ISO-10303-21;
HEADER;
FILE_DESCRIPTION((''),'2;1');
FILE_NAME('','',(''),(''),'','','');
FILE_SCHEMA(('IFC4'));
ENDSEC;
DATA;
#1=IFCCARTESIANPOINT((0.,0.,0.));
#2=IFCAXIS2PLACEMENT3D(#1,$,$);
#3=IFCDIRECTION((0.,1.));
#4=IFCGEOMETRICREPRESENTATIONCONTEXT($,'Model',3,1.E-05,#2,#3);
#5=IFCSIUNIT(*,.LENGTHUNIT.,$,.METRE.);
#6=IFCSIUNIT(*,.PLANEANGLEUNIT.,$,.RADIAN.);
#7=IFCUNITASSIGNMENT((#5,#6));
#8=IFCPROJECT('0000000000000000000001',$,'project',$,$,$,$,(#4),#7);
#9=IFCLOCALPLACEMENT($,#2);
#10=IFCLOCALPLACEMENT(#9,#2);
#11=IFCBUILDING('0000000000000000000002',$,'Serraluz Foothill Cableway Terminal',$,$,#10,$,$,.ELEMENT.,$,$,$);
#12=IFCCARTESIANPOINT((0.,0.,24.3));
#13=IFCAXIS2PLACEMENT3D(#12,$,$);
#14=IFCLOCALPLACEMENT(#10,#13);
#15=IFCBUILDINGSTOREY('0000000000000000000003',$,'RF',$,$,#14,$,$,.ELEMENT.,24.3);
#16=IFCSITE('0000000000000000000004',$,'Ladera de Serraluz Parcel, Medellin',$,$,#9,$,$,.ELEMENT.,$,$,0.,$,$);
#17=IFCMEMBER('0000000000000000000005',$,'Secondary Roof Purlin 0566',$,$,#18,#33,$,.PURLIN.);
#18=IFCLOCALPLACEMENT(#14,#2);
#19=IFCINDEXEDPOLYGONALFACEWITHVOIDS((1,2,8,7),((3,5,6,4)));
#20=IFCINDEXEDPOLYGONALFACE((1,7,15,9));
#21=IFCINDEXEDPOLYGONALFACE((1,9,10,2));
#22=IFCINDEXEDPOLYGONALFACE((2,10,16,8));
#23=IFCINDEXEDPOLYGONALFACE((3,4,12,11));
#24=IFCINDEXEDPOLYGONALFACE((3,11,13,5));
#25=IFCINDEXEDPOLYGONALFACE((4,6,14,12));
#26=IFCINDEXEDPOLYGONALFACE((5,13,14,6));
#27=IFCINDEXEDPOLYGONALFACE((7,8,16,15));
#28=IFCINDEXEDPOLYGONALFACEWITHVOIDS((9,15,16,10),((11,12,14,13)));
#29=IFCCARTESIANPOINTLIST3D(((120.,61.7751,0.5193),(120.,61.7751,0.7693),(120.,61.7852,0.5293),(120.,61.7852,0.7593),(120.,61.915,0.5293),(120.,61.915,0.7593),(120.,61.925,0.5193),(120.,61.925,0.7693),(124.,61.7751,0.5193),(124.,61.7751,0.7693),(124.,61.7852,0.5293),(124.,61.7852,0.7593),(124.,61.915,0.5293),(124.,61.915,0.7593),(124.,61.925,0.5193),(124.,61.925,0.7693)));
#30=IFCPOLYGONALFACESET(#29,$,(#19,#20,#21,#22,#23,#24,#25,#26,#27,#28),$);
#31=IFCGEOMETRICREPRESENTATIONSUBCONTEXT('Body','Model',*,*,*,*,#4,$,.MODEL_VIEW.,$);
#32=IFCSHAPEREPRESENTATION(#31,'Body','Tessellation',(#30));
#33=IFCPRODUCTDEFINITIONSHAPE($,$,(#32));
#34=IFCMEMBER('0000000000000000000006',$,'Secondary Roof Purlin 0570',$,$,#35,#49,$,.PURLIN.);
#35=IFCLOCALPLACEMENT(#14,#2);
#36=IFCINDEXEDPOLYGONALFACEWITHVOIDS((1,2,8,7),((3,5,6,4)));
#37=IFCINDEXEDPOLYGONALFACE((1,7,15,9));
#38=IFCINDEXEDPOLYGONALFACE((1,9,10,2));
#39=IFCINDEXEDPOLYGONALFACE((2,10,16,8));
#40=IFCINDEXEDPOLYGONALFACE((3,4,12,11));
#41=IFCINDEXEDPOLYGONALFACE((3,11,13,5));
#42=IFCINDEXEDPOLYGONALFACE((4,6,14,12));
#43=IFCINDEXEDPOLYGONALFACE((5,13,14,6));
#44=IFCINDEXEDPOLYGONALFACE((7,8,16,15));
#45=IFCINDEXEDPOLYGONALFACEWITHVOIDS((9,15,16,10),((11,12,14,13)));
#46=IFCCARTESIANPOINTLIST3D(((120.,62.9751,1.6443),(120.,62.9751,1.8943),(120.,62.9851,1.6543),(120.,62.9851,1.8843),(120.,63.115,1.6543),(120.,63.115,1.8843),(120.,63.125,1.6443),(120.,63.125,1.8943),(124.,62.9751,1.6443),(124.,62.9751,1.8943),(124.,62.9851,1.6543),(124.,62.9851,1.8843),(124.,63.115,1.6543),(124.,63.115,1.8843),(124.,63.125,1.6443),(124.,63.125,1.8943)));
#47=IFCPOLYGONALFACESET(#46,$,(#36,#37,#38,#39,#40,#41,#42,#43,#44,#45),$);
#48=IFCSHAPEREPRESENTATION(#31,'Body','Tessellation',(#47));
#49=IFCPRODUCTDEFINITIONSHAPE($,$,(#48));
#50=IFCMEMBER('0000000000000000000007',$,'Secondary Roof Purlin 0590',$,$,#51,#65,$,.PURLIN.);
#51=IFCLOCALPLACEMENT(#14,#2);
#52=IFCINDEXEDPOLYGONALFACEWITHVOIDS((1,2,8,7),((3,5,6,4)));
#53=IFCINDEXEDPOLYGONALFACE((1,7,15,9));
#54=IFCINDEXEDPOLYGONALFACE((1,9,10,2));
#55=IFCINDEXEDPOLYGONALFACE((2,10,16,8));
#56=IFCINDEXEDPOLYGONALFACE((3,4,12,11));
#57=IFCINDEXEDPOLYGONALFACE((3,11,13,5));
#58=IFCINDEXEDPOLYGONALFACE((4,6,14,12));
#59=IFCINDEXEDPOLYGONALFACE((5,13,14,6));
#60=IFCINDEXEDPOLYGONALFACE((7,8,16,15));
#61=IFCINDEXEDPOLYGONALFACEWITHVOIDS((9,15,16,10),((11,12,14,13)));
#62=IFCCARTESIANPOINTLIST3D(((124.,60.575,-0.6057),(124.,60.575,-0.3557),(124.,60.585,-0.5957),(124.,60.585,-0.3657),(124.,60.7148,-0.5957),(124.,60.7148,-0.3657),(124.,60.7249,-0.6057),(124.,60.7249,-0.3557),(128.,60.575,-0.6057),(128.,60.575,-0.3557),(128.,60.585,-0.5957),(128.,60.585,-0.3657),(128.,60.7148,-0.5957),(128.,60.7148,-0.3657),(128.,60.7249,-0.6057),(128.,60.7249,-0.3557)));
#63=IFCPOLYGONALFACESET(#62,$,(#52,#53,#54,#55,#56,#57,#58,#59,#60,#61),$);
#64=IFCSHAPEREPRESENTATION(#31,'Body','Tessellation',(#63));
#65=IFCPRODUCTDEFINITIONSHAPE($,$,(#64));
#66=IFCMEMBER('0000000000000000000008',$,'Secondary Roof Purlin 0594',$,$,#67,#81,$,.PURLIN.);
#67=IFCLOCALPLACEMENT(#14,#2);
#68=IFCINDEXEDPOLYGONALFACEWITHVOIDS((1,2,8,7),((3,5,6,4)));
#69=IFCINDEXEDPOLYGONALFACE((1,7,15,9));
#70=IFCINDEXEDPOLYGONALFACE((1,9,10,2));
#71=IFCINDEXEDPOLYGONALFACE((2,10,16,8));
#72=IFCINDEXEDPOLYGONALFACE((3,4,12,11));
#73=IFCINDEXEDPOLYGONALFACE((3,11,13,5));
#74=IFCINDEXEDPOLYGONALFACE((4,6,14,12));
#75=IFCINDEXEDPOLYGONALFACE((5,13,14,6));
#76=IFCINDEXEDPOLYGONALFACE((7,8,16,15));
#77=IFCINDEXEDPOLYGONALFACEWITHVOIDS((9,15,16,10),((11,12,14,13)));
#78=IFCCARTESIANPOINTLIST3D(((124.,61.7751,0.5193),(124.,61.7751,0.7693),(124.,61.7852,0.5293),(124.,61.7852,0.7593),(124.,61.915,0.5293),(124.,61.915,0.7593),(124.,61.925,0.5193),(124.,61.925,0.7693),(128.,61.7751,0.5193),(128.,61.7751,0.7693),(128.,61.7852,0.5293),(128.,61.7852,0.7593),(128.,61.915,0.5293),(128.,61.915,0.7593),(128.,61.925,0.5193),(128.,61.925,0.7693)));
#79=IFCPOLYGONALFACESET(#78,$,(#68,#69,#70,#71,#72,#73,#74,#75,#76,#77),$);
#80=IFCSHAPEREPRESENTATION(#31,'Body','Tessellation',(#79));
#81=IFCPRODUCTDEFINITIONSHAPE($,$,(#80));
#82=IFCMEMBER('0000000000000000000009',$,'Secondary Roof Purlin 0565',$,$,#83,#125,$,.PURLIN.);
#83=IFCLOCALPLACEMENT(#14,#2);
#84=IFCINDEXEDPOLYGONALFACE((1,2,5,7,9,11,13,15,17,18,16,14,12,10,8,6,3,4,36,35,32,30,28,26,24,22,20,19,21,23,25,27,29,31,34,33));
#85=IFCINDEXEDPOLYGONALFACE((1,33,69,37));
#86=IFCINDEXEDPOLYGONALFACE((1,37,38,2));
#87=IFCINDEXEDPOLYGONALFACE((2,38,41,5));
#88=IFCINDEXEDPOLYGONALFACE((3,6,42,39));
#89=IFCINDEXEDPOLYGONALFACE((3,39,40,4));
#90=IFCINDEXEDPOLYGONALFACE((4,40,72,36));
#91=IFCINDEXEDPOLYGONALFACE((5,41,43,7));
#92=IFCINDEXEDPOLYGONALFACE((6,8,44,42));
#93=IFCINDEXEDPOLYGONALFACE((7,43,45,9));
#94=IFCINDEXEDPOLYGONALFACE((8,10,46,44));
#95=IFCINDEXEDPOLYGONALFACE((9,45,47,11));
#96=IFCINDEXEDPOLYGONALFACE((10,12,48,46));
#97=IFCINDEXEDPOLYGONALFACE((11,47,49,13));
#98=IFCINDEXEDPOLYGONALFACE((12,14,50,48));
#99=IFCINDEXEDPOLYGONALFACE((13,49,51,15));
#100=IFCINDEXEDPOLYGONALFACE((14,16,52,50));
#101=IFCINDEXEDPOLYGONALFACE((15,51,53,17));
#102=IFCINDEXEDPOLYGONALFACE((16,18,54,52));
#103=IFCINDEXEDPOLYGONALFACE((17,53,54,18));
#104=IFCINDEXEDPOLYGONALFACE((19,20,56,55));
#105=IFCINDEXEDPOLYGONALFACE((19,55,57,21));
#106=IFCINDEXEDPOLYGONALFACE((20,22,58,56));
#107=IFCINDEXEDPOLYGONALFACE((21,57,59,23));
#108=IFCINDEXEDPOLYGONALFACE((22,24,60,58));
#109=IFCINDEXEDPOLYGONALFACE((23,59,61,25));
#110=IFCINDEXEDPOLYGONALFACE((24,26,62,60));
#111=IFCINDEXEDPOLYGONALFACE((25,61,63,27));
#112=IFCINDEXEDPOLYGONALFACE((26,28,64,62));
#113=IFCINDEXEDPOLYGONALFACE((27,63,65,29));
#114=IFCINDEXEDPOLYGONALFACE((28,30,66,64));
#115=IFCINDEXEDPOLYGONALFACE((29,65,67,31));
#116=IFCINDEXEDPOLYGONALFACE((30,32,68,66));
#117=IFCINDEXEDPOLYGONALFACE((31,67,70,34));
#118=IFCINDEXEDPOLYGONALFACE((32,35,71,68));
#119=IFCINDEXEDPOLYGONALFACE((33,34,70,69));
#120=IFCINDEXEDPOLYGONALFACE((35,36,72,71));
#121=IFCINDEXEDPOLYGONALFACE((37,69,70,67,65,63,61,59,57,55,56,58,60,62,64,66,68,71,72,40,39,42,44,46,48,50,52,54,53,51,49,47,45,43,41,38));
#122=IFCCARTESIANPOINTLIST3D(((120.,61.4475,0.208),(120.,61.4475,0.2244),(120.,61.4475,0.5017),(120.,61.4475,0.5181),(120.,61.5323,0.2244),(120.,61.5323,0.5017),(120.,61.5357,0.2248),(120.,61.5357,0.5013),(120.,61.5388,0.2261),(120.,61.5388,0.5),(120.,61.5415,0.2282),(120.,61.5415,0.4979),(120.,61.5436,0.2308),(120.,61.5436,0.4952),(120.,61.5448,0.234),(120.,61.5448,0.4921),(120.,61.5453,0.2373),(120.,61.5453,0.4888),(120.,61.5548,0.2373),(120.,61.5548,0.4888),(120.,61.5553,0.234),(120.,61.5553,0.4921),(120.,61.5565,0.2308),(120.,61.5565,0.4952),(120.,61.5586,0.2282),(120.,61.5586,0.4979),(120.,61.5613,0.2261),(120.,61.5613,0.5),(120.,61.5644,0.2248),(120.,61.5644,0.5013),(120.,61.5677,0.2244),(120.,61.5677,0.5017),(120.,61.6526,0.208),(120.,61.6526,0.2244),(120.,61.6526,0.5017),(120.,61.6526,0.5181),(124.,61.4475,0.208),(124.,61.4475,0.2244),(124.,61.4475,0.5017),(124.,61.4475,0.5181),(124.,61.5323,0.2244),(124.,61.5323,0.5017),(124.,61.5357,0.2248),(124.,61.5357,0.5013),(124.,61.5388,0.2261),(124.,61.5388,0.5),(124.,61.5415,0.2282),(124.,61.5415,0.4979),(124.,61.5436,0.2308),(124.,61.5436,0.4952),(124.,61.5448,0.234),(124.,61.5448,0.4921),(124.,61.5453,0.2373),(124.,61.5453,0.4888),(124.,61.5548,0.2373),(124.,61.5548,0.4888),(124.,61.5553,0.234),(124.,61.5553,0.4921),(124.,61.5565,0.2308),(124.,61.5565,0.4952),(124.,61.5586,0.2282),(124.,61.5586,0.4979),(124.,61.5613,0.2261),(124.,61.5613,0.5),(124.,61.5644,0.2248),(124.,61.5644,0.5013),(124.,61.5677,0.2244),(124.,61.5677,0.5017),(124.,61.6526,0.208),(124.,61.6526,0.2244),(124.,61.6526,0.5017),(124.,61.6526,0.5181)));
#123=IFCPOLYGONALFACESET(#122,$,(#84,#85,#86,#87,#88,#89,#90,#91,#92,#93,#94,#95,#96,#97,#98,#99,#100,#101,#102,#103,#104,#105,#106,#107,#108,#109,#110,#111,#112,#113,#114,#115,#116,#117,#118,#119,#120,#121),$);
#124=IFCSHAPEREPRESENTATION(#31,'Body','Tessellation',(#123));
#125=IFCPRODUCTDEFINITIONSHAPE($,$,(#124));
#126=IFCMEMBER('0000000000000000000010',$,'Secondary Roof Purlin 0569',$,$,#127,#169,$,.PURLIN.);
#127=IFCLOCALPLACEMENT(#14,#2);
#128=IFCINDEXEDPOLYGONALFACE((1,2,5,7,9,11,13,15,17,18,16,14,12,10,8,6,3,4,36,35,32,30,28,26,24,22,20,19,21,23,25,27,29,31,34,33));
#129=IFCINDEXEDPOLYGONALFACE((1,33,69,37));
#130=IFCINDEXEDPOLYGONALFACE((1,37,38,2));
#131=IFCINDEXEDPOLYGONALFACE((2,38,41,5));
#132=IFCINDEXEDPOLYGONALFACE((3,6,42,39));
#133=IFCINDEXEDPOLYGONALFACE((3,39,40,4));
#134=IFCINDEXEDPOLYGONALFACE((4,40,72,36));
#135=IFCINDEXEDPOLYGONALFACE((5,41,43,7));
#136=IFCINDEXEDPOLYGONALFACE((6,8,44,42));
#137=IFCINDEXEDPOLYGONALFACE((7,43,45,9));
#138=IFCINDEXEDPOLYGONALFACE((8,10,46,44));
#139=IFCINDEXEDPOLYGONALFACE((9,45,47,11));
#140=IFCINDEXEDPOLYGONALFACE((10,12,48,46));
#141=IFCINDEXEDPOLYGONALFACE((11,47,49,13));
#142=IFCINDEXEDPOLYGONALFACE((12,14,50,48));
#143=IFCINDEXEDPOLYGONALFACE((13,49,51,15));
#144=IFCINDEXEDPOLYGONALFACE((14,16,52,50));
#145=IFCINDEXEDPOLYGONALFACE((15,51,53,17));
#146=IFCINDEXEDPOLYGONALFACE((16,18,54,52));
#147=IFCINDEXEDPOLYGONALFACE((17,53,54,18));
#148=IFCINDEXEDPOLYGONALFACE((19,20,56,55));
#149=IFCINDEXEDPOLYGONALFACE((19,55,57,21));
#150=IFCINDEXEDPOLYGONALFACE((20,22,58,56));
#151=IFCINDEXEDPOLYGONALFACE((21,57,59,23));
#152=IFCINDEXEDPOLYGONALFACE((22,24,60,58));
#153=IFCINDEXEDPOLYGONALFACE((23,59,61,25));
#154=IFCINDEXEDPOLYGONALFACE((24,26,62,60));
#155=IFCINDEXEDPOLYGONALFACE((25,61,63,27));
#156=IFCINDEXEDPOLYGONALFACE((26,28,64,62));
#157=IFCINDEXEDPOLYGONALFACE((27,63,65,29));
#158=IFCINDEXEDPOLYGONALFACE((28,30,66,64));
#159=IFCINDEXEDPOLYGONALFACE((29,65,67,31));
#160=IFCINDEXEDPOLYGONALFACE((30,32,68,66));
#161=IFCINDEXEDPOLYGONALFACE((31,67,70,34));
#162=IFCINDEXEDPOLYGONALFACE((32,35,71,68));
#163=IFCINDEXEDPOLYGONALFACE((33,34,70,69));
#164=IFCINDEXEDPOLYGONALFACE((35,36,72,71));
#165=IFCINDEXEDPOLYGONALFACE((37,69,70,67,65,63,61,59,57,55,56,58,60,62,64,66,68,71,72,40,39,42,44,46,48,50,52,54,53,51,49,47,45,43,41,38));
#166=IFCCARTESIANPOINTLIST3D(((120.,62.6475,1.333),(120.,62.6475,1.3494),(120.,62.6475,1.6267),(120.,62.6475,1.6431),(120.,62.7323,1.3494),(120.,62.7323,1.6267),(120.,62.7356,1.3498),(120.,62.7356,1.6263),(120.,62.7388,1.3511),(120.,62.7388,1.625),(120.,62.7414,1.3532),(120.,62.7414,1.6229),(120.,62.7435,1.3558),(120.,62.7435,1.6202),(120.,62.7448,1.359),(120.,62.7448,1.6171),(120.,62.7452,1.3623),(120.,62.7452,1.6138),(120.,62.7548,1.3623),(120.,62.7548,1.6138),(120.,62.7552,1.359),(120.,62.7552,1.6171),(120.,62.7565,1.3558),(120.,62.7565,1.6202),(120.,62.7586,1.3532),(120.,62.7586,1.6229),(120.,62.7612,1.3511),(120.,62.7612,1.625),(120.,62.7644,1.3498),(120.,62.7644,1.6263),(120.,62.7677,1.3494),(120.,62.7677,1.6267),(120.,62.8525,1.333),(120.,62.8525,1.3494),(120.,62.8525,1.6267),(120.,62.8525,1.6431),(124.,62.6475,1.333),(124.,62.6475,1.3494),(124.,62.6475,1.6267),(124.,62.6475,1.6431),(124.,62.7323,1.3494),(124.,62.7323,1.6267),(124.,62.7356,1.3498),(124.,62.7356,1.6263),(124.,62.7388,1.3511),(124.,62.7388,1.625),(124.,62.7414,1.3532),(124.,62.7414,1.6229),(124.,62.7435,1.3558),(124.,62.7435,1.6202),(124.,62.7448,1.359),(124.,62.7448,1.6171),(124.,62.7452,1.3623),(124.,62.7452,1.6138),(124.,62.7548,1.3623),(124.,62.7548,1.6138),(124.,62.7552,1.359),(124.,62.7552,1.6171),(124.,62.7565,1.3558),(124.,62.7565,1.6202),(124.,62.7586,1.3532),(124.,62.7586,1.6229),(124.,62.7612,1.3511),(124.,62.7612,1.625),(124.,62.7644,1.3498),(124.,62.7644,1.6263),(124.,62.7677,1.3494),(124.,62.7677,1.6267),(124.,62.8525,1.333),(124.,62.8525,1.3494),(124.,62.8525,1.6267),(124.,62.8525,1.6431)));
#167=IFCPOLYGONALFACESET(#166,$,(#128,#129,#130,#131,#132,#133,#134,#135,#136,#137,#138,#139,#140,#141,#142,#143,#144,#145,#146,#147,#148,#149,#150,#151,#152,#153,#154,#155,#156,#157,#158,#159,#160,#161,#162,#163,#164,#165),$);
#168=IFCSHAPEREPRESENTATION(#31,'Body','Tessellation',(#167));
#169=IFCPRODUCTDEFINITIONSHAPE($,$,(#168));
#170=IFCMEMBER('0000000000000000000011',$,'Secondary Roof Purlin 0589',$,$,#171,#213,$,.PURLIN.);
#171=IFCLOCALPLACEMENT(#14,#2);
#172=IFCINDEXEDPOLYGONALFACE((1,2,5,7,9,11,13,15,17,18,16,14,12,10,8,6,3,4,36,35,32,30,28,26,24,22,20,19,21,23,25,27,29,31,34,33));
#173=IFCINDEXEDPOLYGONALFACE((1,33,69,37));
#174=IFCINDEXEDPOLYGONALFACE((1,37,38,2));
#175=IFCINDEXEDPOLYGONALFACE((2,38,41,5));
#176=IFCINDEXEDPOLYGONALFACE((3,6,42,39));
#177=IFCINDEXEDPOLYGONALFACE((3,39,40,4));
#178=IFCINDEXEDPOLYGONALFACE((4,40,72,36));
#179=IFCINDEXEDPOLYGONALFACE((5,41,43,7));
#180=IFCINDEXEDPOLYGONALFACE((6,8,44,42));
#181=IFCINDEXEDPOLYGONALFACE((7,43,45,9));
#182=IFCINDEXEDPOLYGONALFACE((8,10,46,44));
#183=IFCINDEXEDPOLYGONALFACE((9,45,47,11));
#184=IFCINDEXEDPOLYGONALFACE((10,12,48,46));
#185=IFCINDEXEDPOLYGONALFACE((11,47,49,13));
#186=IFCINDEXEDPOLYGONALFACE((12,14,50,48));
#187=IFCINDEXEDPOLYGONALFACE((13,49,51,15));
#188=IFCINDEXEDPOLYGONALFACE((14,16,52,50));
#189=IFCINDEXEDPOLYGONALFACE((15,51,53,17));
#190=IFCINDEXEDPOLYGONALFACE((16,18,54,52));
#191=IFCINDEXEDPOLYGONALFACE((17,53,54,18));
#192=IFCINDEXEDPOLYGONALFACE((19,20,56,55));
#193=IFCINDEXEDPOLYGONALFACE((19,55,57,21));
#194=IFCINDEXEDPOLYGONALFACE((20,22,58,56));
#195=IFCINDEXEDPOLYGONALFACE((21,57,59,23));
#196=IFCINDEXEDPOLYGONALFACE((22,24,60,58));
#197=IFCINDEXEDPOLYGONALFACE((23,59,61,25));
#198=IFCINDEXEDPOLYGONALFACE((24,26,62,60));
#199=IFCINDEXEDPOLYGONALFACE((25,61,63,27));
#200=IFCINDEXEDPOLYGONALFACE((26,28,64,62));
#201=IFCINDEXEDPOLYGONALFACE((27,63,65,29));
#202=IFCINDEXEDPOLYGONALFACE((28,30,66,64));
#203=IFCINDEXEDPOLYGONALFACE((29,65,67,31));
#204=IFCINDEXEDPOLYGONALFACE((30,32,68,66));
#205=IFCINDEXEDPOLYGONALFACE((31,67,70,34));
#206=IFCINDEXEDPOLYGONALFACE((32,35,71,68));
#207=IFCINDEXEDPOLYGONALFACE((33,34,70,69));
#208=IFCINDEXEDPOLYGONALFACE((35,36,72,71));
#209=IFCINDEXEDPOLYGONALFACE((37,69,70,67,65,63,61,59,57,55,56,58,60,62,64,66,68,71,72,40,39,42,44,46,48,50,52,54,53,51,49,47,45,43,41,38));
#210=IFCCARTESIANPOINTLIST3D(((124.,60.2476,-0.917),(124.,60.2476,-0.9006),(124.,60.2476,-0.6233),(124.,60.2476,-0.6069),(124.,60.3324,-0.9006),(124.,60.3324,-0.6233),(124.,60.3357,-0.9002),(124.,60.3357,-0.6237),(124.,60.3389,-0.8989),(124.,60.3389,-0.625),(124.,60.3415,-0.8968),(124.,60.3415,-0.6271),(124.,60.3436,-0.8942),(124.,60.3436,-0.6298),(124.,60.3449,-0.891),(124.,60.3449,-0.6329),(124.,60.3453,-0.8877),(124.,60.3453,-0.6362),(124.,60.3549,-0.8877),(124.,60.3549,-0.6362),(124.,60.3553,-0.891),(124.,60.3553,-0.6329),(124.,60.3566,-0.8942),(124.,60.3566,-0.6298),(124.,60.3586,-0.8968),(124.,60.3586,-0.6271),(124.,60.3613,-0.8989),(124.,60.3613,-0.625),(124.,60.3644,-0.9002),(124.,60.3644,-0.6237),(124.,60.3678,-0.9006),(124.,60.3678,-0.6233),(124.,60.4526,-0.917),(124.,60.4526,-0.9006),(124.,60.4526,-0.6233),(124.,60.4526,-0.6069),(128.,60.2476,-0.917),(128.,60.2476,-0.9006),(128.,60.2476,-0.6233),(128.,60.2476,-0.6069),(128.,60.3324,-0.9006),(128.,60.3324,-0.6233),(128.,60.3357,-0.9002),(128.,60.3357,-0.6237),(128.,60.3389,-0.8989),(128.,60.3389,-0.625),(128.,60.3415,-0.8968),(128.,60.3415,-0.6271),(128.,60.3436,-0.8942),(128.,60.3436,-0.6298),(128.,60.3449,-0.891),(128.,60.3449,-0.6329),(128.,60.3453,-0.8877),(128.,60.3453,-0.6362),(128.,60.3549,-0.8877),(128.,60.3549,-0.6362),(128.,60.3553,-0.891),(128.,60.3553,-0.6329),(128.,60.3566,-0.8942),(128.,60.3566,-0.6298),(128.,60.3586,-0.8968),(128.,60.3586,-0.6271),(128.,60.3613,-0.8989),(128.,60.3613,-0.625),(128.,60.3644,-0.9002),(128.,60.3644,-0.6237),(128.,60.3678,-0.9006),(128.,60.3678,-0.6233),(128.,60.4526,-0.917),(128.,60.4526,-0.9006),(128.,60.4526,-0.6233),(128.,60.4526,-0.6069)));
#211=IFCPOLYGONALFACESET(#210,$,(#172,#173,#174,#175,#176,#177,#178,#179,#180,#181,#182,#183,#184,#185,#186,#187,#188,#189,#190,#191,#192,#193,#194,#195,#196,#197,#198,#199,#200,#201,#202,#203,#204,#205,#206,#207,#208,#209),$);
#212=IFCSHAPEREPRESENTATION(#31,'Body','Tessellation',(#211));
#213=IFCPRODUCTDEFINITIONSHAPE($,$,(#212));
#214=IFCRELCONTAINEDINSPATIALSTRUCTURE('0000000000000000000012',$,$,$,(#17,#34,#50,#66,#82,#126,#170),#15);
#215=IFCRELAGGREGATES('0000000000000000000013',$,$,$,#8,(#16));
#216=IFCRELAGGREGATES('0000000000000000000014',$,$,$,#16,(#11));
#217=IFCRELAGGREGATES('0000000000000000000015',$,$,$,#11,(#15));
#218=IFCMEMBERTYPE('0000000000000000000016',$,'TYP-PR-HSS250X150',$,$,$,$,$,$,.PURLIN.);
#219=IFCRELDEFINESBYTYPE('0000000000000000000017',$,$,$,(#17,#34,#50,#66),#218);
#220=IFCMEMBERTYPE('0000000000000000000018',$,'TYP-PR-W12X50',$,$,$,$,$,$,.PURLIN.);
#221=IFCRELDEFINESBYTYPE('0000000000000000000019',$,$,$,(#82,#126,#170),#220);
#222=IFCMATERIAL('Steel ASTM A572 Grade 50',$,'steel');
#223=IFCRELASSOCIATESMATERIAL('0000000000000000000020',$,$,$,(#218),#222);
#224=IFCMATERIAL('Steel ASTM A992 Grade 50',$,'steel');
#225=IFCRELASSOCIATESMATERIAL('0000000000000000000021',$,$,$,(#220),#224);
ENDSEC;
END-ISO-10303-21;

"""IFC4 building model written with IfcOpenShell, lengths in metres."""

from ifc_helpers import new_model, si_unit, direction, frame, origin, origin_2d, place, context, subcontext, project, spatial, hollow_rectangle, i_section, extrude, material, material_profile, profile_set, type_object, element, save


model = new_model("IFC4")

# Units and contexts
model_context = context("Model", 3, precision=1e-05, world=origin(), true_north=direction((0.0, 1.0)))
body_context = subcontext(model_context, "Body", "Model", "MODEL_VIEW")
ifc_project = project(units=[si_unit("LENGTHUNIT", "METRE"), si_unit("PLANEANGLEUNIT", "RADIAN")], contexts=[model_context])

# Site, building, storey
site_placement = place(None, origin())
site = spatial("IfcSite", under=ifc_project, at=site_placement, Name="Ladera de Serraluz Parcel, Medellin", CompositionType="ELEMENT", RefElevation=0.0)
building_placement = place(site_placement, origin())
building = spatial("IfcBuilding", under=site, at=building_placement, Name="Serraluz Foothill Cableway Terminal", CompositionType="ELEMENT")
storey_placement = place(building_placement, frame((0.0, 0.0, 24.3)))
storey = spatial("IfcBuildingStorey", under=building, at=storey_placement, Name="RF", CompositionType="ELEMENT", Elevation=24.3)

# Members
ifc_material_1 = material(Name="Steel ASTM A572 Grade 50", Category="steel")
ifc_material_profile_1 = material_profile(ifc_material_1, hollow_rectangle(XDim=0.1499, YDim=0.25, WallThickness=0.01, at=origin_2d()), Name="HSS250X150X10")
ifc_profile_set_1 = profile_set([ifc_material_profile_1], Name="Steel ASTM A572 Grade 50")
member_type_1 = type_object("IfcMemberType", Name="TYP-PR-HSS250X150", PredefinedType="PURLIN", material=ifc_profile_set_1)
for number, where, z_axis, x_axis, name in (
    (1, (120.0, 61.8501, 0.6443), (1.0, 0.0, 0.0), (0.0, 1.0, 0.0), "Secondary Roof Purlin 0566"),
    (2, (120.0, 63.05, 1.7693), (1.0, 0.0, 0.0), (0.0, 1.0, 0.0), "Secondary Roof Purlin 0570"),
    (3, (124.0, 60.6499, -0.4807), (1.0, 0.0, 0.0), (0.0, 1.0, 0.0), "Secondary Roof Purlin 0590"),
    (4, (124.0, 61.8501, 0.6443), (1.0, 0.0, 0.0), (0.0, 1.0, 0.0), "Secondary Roof Purlin 0594"),
):
    element("IfcMember", number, at=place(storey_placement, frame(where, z_axis=z_axis, x_axis=x_axis)), inside=storey, type_object=member_type_1, Name=name, PredefinedType="PURLIN", context=body_context, shape_type="SweptSolid", body=[
        extrude(hollow_rectangle(XDim=0.1499, YDim=0.25, WallThickness=0.01, at=origin_2d()), origin(), (0.0, 0.0, 1.0), 4.0),
    ])
ifc_material_2 = material(Name="Steel ASTM A992 Grade 50", Category="steel")
ifc_material_profile_2 = material_profile(ifc_material_2, i_section(OverallWidth=0.2051, OverallDepth=0.3101, WebThickness=0.0095, FlangeThickness=0.0164, FilletRadius=0.0129, at=origin_2d()), Name="W12X50")
ifc_profile_set_2 = profile_set([ifc_material_profile_2], Name="Steel ASTM A992 Grade 50")
member_type_2 = type_object("IfcMemberType", Name="TYP-PR-W12X50", PredefinedType="PURLIN", material=ifc_profile_set_2)
for number, where, z_axis, x_axis, name in (
    (5, (120.0, 61.55, 0.363), (1.0, 0.0, 0.0), (0.0, 1.0, 0.0), "Secondary Roof Purlin 0565"),
    (6, (120.0, 62.75, 1.488), (1.0, 0.0, 0.0), (0.0, 1.0, 0.0), "Secondary Roof Purlin 0569"),
    (7, (124.0, 60.3501, -0.762), (1.0, 0.0, 0.0), (0.0, 1.0, 0.0), "Secondary Roof Purlin 0589"),
):
    element("IfcMember", number, at=place(storey_placement, frame(where, z_axis=z_axis, x_axis=x_axis)), inside=storey, type_object=member_type_2, Name=name, PredefinedType="PURLIN", context=body_context, shape_type="SweptSolid", body=[
        extrude(i_section(OverallWidth=0.2051, OverallDepth=0.3101, WebThickness=0.0095, FlangeThickness=0.0164, FilletRadius=0.0129, at=origin_2d()), origin(), (0.0, 0.0, 1.0), 4.0),
    ])

save(model, "model.ifc")
